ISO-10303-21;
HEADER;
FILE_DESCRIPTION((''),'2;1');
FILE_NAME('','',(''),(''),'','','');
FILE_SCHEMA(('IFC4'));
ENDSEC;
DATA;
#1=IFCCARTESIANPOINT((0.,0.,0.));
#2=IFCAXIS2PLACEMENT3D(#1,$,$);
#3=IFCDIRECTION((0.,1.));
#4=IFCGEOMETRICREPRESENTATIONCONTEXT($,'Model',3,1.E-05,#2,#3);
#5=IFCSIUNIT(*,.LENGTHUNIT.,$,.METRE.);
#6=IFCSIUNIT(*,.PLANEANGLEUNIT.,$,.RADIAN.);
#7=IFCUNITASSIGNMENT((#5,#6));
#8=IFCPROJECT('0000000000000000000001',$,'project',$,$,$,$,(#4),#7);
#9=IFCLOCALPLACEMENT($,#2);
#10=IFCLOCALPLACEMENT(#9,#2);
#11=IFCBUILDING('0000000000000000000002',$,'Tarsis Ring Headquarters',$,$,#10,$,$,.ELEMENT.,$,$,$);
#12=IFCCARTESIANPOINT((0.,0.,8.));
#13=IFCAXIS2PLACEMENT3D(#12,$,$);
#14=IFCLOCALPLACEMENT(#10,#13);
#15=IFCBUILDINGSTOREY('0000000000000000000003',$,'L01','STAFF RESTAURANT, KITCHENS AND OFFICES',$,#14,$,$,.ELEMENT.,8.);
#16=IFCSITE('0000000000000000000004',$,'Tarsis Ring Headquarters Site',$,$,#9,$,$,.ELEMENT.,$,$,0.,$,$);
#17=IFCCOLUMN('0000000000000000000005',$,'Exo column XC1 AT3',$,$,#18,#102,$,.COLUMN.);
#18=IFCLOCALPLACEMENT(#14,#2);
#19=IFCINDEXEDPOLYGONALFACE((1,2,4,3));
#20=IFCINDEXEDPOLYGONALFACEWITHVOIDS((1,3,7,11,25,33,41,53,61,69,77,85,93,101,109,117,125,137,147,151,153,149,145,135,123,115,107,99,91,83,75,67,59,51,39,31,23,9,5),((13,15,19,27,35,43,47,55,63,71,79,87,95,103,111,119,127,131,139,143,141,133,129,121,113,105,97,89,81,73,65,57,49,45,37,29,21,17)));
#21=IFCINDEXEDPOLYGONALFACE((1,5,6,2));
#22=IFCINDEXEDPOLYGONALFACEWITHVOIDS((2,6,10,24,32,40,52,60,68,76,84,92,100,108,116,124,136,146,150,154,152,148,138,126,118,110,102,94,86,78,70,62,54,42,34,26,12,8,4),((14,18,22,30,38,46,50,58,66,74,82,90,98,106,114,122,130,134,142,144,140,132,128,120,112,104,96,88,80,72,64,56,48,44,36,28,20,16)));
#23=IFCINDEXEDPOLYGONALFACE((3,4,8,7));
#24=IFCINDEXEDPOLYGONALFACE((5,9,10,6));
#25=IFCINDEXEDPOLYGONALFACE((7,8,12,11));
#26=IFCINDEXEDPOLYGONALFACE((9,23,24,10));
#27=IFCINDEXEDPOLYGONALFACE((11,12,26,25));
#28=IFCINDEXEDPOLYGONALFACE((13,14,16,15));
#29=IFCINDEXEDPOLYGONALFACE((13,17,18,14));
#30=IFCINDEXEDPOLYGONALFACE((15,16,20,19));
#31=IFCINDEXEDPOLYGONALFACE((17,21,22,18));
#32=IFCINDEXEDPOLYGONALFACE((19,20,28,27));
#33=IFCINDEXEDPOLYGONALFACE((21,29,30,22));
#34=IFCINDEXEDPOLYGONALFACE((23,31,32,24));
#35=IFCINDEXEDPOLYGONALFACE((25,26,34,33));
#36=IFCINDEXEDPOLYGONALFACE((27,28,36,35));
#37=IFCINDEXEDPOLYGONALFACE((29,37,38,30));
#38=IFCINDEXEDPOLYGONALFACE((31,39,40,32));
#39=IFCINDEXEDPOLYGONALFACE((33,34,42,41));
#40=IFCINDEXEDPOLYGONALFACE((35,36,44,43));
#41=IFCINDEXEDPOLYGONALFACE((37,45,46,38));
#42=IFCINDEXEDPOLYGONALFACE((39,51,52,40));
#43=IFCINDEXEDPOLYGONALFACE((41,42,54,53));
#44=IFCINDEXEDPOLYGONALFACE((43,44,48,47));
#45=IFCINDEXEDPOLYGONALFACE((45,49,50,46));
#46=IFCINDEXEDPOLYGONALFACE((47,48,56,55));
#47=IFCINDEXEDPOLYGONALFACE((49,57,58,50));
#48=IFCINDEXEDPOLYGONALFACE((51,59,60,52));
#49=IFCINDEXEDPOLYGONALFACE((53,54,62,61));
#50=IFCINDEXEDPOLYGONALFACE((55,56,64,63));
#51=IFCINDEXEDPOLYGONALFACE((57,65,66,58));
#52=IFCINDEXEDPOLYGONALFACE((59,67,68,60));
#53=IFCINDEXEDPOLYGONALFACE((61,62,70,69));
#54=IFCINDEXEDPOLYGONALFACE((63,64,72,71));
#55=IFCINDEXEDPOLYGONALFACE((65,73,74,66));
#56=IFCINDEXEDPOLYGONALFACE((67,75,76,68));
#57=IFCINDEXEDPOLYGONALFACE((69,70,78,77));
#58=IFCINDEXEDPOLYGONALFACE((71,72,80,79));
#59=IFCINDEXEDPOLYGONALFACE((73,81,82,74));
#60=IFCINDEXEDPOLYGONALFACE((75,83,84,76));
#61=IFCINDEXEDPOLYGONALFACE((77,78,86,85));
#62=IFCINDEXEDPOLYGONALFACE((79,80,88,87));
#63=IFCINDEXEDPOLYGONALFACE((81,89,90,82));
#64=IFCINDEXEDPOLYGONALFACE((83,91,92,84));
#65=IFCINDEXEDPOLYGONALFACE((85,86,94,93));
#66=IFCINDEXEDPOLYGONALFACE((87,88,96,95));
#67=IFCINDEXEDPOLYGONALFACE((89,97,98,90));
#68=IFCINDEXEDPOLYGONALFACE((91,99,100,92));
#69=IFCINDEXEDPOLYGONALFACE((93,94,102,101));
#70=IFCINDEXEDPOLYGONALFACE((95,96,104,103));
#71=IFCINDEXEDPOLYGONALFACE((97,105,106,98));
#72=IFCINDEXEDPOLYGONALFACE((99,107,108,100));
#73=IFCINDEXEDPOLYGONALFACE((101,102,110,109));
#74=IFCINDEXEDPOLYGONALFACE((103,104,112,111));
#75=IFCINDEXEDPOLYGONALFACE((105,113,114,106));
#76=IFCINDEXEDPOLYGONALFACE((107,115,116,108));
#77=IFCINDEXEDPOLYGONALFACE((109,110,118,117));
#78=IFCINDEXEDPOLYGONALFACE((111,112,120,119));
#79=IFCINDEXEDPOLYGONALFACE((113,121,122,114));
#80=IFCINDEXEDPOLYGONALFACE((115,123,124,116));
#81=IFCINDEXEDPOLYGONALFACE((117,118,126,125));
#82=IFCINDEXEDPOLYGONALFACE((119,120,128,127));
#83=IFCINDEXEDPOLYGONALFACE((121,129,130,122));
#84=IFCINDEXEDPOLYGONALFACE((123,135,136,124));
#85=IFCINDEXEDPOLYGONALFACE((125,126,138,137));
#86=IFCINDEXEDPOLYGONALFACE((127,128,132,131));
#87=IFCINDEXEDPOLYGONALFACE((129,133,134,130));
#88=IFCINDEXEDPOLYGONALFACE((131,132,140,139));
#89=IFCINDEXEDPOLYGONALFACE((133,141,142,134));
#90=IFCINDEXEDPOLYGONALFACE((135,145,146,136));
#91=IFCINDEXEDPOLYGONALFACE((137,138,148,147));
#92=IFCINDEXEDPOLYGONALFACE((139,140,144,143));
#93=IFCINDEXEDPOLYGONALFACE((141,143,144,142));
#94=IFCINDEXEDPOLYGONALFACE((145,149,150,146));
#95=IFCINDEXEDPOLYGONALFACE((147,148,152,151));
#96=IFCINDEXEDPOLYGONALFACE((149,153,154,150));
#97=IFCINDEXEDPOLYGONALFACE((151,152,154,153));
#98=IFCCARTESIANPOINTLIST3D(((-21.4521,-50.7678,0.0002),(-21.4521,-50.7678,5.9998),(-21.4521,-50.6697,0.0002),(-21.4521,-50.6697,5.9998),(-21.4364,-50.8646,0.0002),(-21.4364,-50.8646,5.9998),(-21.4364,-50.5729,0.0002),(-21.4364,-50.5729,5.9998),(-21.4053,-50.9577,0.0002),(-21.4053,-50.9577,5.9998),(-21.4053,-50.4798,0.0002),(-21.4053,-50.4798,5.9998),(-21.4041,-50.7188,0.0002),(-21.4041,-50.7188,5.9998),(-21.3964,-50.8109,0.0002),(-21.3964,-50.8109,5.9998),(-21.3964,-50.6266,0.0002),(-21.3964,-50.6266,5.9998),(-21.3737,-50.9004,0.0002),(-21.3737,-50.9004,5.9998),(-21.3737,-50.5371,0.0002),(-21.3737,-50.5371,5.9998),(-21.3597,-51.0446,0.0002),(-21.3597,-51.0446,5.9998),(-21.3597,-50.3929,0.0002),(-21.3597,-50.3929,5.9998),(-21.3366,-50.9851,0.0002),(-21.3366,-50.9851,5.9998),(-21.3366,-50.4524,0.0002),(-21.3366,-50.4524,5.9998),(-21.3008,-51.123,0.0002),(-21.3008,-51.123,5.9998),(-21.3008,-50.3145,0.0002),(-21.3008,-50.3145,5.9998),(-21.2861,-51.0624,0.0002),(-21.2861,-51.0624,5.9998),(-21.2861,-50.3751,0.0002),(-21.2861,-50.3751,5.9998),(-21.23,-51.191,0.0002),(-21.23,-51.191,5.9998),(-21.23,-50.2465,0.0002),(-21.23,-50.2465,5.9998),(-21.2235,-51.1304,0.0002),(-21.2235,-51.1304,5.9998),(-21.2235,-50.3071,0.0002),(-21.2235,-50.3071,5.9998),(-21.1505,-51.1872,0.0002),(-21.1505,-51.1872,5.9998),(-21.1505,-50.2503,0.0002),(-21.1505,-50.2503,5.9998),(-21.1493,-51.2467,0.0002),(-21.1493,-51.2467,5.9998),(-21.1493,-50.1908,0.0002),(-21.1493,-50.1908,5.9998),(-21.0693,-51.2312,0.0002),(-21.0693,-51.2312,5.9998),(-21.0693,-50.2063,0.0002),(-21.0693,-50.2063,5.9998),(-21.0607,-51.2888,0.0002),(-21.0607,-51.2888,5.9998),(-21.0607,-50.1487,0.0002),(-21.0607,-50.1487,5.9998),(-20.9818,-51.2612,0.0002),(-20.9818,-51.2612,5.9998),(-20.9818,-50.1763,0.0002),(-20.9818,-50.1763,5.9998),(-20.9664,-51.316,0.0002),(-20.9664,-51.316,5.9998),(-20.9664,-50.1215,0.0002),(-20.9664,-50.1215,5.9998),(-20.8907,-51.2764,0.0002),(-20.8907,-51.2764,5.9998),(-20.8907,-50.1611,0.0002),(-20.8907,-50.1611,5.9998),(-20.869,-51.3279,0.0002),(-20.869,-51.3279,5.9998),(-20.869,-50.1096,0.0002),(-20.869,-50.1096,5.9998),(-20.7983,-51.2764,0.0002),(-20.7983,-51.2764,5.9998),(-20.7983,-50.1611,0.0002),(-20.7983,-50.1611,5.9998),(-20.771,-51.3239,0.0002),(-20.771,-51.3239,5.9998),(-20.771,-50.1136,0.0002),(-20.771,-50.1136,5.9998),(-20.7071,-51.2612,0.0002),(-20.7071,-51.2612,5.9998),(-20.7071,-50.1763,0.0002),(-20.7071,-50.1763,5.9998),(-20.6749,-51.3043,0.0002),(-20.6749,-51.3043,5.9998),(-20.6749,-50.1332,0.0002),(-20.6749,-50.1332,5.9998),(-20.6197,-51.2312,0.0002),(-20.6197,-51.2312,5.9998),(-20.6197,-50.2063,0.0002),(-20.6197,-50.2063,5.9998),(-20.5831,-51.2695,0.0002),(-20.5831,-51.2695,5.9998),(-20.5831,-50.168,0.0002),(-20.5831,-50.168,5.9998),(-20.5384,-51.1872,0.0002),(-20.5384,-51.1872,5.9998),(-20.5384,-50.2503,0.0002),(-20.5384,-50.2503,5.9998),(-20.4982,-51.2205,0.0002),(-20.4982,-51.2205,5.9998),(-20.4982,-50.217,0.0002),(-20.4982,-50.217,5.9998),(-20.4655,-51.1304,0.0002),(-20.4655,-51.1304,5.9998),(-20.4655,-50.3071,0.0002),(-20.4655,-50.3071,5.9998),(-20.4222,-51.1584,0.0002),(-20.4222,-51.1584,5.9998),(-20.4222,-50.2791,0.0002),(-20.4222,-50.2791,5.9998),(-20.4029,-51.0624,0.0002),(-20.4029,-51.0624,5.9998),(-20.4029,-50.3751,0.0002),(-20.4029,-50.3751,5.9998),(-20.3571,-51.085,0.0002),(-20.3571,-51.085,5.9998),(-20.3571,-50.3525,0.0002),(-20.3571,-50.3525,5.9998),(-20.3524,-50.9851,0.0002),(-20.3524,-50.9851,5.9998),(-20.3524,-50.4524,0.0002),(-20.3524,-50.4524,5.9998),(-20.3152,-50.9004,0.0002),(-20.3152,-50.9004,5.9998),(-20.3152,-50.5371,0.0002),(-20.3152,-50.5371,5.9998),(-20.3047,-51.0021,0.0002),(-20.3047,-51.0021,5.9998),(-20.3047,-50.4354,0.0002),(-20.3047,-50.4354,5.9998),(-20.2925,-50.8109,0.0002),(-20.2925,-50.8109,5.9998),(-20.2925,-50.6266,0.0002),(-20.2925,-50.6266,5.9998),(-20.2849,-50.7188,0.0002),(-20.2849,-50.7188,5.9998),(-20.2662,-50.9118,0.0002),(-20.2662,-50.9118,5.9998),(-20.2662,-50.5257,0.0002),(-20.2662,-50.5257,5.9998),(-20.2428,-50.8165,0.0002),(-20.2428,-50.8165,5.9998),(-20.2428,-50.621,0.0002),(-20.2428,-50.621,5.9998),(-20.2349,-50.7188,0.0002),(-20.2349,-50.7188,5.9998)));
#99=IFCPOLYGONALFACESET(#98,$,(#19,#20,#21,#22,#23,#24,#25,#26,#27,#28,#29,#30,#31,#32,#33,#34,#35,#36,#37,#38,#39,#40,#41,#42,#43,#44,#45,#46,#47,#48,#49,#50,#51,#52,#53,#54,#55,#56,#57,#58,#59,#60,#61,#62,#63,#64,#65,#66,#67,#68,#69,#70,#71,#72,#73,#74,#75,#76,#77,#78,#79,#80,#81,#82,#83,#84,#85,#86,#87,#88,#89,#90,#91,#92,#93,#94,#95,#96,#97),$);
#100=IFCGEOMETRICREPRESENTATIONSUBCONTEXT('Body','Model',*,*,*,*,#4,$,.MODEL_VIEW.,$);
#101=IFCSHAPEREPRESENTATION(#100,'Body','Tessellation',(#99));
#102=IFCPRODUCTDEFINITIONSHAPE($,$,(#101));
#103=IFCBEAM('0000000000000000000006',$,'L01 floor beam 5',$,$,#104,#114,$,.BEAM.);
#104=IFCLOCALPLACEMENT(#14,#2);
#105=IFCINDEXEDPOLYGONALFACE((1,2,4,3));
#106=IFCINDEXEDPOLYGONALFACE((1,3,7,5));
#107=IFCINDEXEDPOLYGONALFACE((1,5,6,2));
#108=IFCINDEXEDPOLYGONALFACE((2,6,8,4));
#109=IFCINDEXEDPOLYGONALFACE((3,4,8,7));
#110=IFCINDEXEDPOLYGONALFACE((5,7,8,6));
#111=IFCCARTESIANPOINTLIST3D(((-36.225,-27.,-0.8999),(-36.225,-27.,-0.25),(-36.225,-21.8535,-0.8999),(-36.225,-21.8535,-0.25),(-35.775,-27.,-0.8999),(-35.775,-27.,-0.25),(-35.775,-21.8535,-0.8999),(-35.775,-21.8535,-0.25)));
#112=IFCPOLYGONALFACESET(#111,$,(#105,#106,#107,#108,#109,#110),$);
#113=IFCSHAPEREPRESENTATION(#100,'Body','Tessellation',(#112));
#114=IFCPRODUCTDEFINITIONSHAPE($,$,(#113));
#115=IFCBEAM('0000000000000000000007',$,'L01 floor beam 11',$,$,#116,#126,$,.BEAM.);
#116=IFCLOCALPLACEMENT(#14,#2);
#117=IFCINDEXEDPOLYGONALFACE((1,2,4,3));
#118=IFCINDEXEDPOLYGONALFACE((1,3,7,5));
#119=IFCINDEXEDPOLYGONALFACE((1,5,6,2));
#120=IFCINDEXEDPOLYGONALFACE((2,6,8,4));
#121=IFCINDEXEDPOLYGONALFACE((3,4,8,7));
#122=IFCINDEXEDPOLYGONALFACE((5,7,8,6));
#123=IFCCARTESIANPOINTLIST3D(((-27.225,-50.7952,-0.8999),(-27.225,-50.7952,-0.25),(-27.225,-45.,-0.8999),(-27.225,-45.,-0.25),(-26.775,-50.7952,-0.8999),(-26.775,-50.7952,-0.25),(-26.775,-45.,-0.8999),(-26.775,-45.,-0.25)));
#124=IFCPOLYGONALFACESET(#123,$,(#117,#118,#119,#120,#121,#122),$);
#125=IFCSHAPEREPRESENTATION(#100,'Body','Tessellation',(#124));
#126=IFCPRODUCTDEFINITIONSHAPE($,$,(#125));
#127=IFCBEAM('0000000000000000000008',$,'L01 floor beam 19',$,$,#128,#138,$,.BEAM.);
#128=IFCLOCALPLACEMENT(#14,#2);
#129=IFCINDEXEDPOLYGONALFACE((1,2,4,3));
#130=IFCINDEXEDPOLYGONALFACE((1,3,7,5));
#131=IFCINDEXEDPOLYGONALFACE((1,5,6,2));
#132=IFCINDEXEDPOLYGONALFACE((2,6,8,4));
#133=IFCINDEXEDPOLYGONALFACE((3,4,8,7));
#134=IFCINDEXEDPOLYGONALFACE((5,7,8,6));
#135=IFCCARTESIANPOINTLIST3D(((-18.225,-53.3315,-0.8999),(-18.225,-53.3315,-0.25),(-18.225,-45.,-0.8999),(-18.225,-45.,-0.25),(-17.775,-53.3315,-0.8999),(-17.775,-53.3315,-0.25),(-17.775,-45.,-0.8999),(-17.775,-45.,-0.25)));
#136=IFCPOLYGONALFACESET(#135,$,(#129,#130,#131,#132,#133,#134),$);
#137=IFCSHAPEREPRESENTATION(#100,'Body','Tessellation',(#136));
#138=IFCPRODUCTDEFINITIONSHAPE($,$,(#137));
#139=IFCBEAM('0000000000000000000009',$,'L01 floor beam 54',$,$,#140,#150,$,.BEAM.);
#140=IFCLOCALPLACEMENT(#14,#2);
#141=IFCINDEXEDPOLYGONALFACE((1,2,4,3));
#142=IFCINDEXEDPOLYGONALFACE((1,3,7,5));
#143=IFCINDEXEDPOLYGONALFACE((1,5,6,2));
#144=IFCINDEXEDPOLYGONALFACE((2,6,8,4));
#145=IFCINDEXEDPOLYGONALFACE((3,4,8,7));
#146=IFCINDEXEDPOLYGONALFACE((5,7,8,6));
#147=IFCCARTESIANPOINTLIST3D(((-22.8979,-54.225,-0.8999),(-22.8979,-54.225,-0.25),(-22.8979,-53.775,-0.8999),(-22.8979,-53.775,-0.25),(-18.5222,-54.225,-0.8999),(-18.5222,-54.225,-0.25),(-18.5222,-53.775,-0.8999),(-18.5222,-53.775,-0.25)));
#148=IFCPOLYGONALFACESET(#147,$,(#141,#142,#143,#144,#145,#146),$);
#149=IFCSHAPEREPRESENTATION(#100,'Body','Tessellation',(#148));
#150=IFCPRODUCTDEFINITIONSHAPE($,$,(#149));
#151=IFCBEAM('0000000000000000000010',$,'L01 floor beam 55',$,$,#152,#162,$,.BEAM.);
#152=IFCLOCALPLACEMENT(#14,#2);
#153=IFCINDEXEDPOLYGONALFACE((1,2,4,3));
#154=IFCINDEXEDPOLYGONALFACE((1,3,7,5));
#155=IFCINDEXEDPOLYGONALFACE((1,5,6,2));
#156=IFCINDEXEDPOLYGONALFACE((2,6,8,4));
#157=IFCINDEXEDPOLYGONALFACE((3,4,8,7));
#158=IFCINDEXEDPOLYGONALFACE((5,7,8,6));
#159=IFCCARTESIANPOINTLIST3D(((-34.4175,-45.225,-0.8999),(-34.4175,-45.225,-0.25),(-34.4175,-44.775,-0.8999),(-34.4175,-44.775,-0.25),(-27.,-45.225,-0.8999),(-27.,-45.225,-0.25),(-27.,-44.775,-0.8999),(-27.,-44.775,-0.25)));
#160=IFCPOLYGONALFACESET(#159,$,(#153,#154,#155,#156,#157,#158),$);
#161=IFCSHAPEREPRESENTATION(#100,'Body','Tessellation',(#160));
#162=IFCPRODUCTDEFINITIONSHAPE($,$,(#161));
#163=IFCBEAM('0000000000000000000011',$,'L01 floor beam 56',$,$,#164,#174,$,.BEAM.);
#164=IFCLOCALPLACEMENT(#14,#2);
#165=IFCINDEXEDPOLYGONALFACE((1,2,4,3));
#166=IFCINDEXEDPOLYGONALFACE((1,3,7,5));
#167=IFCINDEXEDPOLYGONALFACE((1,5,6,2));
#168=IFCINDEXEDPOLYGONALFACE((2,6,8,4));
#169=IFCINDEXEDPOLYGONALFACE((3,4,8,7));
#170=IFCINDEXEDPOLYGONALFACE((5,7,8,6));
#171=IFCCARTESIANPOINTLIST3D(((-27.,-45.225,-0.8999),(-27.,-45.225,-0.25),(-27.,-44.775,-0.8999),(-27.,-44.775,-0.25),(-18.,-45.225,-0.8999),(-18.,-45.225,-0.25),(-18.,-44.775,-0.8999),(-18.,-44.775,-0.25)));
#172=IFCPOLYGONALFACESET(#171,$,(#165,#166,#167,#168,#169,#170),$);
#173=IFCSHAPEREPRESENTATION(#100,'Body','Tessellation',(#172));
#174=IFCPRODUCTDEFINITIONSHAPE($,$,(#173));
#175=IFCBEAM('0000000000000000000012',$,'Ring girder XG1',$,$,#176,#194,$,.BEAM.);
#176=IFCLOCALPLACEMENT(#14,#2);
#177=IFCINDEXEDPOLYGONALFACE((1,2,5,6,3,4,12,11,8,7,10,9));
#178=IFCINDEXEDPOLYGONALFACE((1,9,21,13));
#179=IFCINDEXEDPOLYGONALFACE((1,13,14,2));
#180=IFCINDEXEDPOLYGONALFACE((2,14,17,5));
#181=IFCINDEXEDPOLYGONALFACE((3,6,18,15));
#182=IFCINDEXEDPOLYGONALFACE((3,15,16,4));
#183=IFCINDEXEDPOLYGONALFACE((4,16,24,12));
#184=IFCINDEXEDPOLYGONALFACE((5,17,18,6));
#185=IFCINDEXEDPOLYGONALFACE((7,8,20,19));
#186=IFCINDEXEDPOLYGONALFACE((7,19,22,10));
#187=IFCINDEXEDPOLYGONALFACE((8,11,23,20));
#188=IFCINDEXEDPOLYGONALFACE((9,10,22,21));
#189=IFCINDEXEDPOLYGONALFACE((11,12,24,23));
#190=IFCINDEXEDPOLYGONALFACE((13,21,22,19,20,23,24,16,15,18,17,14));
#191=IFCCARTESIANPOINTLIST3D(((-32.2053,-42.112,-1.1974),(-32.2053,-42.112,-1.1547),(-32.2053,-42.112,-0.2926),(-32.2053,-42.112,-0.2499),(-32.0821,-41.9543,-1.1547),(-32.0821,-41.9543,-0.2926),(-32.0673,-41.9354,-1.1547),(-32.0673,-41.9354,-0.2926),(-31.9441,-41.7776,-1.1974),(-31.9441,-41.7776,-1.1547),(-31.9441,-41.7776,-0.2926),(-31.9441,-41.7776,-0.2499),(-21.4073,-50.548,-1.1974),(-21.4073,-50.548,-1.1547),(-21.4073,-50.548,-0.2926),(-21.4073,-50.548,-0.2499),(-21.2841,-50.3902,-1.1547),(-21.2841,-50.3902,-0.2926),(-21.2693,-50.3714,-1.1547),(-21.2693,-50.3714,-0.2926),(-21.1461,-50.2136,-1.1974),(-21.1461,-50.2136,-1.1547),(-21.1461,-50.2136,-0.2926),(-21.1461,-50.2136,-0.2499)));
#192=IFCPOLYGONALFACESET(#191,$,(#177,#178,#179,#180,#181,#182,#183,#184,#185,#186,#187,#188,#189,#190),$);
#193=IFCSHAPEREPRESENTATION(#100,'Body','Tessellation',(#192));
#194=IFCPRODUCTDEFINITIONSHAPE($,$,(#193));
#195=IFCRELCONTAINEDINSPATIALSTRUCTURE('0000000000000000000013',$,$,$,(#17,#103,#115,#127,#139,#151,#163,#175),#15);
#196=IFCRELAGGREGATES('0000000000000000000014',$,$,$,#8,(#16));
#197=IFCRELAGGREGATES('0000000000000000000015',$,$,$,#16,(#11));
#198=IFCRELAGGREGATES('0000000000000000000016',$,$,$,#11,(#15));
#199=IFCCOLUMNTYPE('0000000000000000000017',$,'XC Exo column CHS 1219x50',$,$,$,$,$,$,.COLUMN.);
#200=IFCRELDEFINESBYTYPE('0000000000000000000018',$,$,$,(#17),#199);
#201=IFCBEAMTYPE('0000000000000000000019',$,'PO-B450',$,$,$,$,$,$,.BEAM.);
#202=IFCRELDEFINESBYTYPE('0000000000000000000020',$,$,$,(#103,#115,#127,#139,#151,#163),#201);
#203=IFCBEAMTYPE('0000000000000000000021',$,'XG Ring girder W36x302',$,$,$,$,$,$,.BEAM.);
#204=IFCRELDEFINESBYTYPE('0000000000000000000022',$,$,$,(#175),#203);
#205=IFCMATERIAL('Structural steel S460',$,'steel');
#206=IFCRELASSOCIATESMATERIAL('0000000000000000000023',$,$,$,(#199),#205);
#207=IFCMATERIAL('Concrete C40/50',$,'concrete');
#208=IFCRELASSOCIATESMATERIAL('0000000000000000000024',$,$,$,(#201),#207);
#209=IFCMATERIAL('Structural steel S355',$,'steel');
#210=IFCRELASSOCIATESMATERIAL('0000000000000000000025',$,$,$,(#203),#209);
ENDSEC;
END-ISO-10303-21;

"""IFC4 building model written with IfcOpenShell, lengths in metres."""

from ifc_helpers import new_model, si_unit, direction, frame, origin, origin_2d, place, context, subcontext, project, spatial, rectangle, hollow_circle, i_section, extrude, material, material_profile, profile_set, type_object, element, save


model = new_model("IFC4")

# Units and contexts
model_context = context("Model", 3, precision=1e-05, world=origin(), true_north=direction((0.0, 1.0)))
body_context = subcontext(model_context, "Body", "Model", "MODEL_VIEW")
ifc_project = project(units=[si_unit("LENGTHUNIT", "METRE"), si_unit("PLANEANGLEUNIT", "RADIAN")], contexts=[model_context])

# Site, building, storey
site_placement = place(None, origin())
site = spatial("IfcSite", under=ifc_project, at=site_placement, Name="Tarsis Ring Headquarters Site", CompositionType="ELEMENT", RefElevation=0.0)
building_placement = place(site_placement, origin())
building = spatial("IfcBuilding", under=site, at=building_placement, Name="Tarsis Ring Headquarters", CompositionType="ELEMENT")
storey_placement = place(building_placement, frame((0.0, 0.0, 8.0)))
storey = spatial("IfcBuildingStorey", under=building, at=storey_placement, Name="L01", Description="STAFF RESTAURANT, KITCHENS AND OFFICES", CompositionType="ELEMENT", Elevation=8.0)

# Column
ifc_material_1 = material(Name="Structural steel S460", Category="steel")
ifc_material_profile_1 = material_profile(ifc_material_1, hollow_circle(Radius=0.6096, WallThickness=0.05, at=origin_2d()), Name="CHS 1219x50")
ifc_profile_set_1 = profile_set([ifc_material_profile_1], Name="Structural steel S460")
column_type_1 = type_object("IfcColumnType", Name="XC Exo column CHS 1219x50", PredefinedType="COLUMN", material=ifc_profile_set_1)
for number, where, z_axis, x_axis, name in (
    (1, (-20.8445, -50.7188, 0.0002), (0.0, 0.0, 1.0), (1.0, 0.0, 0.0), "Exo column XC1 AT3"),
):
    element("IfcColumn", number, at=place(storey_placement, frame(where, z_axis=z_axis, x_axis=x_axis)), inside=storey, type_object=column_type_1, Name=name, PredefinedType="COLUMN", context=body_context, shape_type="SweptSolid", body=[
        extrude(hollow_circle(Radius=0.6096, WallThickness=0.05, at=origin_2d()), origin(), (0.0, 0.0, 1.0), 5.9995),
    ])

# Beams
ifc_material_2 = material(Name="Concrete C40/50", Category="concrete")
ifc_material_profile_2 = material_profile(ifc_material_2, rectangle(XDim=0.45, YDim=0.6499, at=origin_2d()), Name="PO-B450")
ifc_profile_set_2 = profile_set([ifc_material_profile_2], Name="Concrete C40/50")
beam_type_1 = type_object("IfcBeamType", Name="PO-B450", PredefinedType="BEAM", material=ifc_profile_set_2)
beam_1_placement = place(storey_placement, frame((-36.0, -27.0, -0.575), z_axis=(0.0, 1.0, 0.0), x_axis=(-1.0, 0.0, 0.0)))
element("IfcBeam", 2, at=beam_1_placement, inside=storey, type_object=beam_type_1, Name="L01 floor beam 5", PredefinedType="BEAM", context=body_context, shape_type="SweptSolid", body=[
    extrude(rectangle(XDim=0.45, YDim=0.6499, at=origin_2d()), origin(), (0.0, 0.0, 1.0), 5.1465),
])
beam_2_placement = place(storey_placement, frame((-27.0, -50.7952, -0.575), z_axis=(0.0, 1.0, 0.0), x_axis=(-1.0, 0.0, 0.0)))
element("IfcBeam", 3, at=beam_2_placement, inside=storey, type_object=beam_type_1, Name="L01 floor beam 11", PredefinedType="BEAM", context=body_context, shape_type="SweptSolid", body=[
    extrude(rectangle(XDim=0.45, YDim=0.6499, at=origin_2d()), origin(), (0.0, 0.0, 1.0), 5.7952),
])
beam_3_placement = place(storey_placement, frame((-18.0, -53.3315, -0.575), z_axis=(0.0, 1.0, 0.0), x_axis=(-1.0, 0.0, 0.0)))
element("IfcBeam", 4, at=beam_3_placement, inside=storey, type_object=beam_type_1, Name="L01 floor beam 19", PredefinedType="BEAM", context=body_context, shape_type="SweptSolid", body=[
    extrude(rectangle(XDim=0.45, YDim=0.6499, at=origin_2d()), origin(), (0.0, 0.0, 1.0), 8.3315),
])
beam_4_placement = place(storey_placement, frame((-22.8979, -54.0, -0.575), z_axis=(1.0, 0.0, 0.0), x_axis=(0.0, 1.0, 0.0)))
element("IfcBeam", 5, at=beam_4_placement, inside=storey, type_object=beam_type_1, Name="L01 floor beam 54", PredefinedType="BEAM", context=body_context, shape_type="SweptSolid", body=[
    extrude(rectangle(XDim=0.45, YDim=0.6499, at=origin_2d()), origin(), (0.0, 0.0, 1.0), 4.3757),
])
beam_5_placement = place(storey_placement, frame((-34.4175, -45.0, -0.575), z_axis=(1.0, 0.0, 0.0), x_axis=(0.0, 1.0, 0.0)))
element("IfcBeam", 6, at=beam_5_placement, inside=storey, type_object=beam_type_1, Name="L01 floor beam 55", PredefinedType="BEAM", context=body_context, shape_type="SweptSolid", body=[
    extrude(rectangle(XDim=0.45, YDim=0.6499, at=origin_2d()), origin(), (0.0, 0.0, 1.0), 7.4175),
])
beam_6_placement = place(storey_placement, frame((-27.0, -45.0, -0.575), z_axis=(1.0, 0.0, 0.0), x_axis=(0.0, 1.0, 0.0)))
element("IfcBeam", 7, at=beam_6_placement, inside=storey, type_object=beam_type_1, Name="L01 floor beam 56", PredefinedType="BEAM", context=body_context, shape_type="SweptSolid", body=[
    extrude(rectangle(XDim=0.45, YDim=0.6499, at=origin_2d()), origin(), (0.0, 0.0, 1.0), 9.0),
])
ifc_material_3 = material(Name="Structural steel S355", Category="steel")
ifc_material_profile_3 = material_profile(ifc_material_3, i_section(OverallWidth=0.4243, OverallDepth=0.9475, WebThickness=0.0239, FlangeThickness=0.0427, at=origin_2d()), Name="W36x302")
ifc_profile_set_3 = profile_set([ifc_material_profile_3], Name="Structural steel S355")
beam_type_2 = type_object("IfcBeamType", Name="XG Ring girder W36x302", PredefinedType="BEAM", material=ifc_profile_set_3)
beam_7_placement = place(storey_placement, frame((-32.0747, -41.9448, -0.7236), z_axis=(0.788024, -0.615645, 0.0), x_axis=(0.615645, 0.788024, 0.0)))
element("IfcBeam", 8, at=beam_7_placement, inside=storey, type_object=beam_type_2, Name="Ring girder XG1", PredefinedType="BEAM", context=body_context, shape_type="SweptSolid", body=[
    extrude(i_section(OverallWidth=0.4243, OverallDepth=0.9475, WebThickness=0.0239, FlangeThickness=0.0427, at=origin_2d()), origin(), (0.0, 0.0, 1.0), 13.7026),
])

save(model, "model.ifc")
